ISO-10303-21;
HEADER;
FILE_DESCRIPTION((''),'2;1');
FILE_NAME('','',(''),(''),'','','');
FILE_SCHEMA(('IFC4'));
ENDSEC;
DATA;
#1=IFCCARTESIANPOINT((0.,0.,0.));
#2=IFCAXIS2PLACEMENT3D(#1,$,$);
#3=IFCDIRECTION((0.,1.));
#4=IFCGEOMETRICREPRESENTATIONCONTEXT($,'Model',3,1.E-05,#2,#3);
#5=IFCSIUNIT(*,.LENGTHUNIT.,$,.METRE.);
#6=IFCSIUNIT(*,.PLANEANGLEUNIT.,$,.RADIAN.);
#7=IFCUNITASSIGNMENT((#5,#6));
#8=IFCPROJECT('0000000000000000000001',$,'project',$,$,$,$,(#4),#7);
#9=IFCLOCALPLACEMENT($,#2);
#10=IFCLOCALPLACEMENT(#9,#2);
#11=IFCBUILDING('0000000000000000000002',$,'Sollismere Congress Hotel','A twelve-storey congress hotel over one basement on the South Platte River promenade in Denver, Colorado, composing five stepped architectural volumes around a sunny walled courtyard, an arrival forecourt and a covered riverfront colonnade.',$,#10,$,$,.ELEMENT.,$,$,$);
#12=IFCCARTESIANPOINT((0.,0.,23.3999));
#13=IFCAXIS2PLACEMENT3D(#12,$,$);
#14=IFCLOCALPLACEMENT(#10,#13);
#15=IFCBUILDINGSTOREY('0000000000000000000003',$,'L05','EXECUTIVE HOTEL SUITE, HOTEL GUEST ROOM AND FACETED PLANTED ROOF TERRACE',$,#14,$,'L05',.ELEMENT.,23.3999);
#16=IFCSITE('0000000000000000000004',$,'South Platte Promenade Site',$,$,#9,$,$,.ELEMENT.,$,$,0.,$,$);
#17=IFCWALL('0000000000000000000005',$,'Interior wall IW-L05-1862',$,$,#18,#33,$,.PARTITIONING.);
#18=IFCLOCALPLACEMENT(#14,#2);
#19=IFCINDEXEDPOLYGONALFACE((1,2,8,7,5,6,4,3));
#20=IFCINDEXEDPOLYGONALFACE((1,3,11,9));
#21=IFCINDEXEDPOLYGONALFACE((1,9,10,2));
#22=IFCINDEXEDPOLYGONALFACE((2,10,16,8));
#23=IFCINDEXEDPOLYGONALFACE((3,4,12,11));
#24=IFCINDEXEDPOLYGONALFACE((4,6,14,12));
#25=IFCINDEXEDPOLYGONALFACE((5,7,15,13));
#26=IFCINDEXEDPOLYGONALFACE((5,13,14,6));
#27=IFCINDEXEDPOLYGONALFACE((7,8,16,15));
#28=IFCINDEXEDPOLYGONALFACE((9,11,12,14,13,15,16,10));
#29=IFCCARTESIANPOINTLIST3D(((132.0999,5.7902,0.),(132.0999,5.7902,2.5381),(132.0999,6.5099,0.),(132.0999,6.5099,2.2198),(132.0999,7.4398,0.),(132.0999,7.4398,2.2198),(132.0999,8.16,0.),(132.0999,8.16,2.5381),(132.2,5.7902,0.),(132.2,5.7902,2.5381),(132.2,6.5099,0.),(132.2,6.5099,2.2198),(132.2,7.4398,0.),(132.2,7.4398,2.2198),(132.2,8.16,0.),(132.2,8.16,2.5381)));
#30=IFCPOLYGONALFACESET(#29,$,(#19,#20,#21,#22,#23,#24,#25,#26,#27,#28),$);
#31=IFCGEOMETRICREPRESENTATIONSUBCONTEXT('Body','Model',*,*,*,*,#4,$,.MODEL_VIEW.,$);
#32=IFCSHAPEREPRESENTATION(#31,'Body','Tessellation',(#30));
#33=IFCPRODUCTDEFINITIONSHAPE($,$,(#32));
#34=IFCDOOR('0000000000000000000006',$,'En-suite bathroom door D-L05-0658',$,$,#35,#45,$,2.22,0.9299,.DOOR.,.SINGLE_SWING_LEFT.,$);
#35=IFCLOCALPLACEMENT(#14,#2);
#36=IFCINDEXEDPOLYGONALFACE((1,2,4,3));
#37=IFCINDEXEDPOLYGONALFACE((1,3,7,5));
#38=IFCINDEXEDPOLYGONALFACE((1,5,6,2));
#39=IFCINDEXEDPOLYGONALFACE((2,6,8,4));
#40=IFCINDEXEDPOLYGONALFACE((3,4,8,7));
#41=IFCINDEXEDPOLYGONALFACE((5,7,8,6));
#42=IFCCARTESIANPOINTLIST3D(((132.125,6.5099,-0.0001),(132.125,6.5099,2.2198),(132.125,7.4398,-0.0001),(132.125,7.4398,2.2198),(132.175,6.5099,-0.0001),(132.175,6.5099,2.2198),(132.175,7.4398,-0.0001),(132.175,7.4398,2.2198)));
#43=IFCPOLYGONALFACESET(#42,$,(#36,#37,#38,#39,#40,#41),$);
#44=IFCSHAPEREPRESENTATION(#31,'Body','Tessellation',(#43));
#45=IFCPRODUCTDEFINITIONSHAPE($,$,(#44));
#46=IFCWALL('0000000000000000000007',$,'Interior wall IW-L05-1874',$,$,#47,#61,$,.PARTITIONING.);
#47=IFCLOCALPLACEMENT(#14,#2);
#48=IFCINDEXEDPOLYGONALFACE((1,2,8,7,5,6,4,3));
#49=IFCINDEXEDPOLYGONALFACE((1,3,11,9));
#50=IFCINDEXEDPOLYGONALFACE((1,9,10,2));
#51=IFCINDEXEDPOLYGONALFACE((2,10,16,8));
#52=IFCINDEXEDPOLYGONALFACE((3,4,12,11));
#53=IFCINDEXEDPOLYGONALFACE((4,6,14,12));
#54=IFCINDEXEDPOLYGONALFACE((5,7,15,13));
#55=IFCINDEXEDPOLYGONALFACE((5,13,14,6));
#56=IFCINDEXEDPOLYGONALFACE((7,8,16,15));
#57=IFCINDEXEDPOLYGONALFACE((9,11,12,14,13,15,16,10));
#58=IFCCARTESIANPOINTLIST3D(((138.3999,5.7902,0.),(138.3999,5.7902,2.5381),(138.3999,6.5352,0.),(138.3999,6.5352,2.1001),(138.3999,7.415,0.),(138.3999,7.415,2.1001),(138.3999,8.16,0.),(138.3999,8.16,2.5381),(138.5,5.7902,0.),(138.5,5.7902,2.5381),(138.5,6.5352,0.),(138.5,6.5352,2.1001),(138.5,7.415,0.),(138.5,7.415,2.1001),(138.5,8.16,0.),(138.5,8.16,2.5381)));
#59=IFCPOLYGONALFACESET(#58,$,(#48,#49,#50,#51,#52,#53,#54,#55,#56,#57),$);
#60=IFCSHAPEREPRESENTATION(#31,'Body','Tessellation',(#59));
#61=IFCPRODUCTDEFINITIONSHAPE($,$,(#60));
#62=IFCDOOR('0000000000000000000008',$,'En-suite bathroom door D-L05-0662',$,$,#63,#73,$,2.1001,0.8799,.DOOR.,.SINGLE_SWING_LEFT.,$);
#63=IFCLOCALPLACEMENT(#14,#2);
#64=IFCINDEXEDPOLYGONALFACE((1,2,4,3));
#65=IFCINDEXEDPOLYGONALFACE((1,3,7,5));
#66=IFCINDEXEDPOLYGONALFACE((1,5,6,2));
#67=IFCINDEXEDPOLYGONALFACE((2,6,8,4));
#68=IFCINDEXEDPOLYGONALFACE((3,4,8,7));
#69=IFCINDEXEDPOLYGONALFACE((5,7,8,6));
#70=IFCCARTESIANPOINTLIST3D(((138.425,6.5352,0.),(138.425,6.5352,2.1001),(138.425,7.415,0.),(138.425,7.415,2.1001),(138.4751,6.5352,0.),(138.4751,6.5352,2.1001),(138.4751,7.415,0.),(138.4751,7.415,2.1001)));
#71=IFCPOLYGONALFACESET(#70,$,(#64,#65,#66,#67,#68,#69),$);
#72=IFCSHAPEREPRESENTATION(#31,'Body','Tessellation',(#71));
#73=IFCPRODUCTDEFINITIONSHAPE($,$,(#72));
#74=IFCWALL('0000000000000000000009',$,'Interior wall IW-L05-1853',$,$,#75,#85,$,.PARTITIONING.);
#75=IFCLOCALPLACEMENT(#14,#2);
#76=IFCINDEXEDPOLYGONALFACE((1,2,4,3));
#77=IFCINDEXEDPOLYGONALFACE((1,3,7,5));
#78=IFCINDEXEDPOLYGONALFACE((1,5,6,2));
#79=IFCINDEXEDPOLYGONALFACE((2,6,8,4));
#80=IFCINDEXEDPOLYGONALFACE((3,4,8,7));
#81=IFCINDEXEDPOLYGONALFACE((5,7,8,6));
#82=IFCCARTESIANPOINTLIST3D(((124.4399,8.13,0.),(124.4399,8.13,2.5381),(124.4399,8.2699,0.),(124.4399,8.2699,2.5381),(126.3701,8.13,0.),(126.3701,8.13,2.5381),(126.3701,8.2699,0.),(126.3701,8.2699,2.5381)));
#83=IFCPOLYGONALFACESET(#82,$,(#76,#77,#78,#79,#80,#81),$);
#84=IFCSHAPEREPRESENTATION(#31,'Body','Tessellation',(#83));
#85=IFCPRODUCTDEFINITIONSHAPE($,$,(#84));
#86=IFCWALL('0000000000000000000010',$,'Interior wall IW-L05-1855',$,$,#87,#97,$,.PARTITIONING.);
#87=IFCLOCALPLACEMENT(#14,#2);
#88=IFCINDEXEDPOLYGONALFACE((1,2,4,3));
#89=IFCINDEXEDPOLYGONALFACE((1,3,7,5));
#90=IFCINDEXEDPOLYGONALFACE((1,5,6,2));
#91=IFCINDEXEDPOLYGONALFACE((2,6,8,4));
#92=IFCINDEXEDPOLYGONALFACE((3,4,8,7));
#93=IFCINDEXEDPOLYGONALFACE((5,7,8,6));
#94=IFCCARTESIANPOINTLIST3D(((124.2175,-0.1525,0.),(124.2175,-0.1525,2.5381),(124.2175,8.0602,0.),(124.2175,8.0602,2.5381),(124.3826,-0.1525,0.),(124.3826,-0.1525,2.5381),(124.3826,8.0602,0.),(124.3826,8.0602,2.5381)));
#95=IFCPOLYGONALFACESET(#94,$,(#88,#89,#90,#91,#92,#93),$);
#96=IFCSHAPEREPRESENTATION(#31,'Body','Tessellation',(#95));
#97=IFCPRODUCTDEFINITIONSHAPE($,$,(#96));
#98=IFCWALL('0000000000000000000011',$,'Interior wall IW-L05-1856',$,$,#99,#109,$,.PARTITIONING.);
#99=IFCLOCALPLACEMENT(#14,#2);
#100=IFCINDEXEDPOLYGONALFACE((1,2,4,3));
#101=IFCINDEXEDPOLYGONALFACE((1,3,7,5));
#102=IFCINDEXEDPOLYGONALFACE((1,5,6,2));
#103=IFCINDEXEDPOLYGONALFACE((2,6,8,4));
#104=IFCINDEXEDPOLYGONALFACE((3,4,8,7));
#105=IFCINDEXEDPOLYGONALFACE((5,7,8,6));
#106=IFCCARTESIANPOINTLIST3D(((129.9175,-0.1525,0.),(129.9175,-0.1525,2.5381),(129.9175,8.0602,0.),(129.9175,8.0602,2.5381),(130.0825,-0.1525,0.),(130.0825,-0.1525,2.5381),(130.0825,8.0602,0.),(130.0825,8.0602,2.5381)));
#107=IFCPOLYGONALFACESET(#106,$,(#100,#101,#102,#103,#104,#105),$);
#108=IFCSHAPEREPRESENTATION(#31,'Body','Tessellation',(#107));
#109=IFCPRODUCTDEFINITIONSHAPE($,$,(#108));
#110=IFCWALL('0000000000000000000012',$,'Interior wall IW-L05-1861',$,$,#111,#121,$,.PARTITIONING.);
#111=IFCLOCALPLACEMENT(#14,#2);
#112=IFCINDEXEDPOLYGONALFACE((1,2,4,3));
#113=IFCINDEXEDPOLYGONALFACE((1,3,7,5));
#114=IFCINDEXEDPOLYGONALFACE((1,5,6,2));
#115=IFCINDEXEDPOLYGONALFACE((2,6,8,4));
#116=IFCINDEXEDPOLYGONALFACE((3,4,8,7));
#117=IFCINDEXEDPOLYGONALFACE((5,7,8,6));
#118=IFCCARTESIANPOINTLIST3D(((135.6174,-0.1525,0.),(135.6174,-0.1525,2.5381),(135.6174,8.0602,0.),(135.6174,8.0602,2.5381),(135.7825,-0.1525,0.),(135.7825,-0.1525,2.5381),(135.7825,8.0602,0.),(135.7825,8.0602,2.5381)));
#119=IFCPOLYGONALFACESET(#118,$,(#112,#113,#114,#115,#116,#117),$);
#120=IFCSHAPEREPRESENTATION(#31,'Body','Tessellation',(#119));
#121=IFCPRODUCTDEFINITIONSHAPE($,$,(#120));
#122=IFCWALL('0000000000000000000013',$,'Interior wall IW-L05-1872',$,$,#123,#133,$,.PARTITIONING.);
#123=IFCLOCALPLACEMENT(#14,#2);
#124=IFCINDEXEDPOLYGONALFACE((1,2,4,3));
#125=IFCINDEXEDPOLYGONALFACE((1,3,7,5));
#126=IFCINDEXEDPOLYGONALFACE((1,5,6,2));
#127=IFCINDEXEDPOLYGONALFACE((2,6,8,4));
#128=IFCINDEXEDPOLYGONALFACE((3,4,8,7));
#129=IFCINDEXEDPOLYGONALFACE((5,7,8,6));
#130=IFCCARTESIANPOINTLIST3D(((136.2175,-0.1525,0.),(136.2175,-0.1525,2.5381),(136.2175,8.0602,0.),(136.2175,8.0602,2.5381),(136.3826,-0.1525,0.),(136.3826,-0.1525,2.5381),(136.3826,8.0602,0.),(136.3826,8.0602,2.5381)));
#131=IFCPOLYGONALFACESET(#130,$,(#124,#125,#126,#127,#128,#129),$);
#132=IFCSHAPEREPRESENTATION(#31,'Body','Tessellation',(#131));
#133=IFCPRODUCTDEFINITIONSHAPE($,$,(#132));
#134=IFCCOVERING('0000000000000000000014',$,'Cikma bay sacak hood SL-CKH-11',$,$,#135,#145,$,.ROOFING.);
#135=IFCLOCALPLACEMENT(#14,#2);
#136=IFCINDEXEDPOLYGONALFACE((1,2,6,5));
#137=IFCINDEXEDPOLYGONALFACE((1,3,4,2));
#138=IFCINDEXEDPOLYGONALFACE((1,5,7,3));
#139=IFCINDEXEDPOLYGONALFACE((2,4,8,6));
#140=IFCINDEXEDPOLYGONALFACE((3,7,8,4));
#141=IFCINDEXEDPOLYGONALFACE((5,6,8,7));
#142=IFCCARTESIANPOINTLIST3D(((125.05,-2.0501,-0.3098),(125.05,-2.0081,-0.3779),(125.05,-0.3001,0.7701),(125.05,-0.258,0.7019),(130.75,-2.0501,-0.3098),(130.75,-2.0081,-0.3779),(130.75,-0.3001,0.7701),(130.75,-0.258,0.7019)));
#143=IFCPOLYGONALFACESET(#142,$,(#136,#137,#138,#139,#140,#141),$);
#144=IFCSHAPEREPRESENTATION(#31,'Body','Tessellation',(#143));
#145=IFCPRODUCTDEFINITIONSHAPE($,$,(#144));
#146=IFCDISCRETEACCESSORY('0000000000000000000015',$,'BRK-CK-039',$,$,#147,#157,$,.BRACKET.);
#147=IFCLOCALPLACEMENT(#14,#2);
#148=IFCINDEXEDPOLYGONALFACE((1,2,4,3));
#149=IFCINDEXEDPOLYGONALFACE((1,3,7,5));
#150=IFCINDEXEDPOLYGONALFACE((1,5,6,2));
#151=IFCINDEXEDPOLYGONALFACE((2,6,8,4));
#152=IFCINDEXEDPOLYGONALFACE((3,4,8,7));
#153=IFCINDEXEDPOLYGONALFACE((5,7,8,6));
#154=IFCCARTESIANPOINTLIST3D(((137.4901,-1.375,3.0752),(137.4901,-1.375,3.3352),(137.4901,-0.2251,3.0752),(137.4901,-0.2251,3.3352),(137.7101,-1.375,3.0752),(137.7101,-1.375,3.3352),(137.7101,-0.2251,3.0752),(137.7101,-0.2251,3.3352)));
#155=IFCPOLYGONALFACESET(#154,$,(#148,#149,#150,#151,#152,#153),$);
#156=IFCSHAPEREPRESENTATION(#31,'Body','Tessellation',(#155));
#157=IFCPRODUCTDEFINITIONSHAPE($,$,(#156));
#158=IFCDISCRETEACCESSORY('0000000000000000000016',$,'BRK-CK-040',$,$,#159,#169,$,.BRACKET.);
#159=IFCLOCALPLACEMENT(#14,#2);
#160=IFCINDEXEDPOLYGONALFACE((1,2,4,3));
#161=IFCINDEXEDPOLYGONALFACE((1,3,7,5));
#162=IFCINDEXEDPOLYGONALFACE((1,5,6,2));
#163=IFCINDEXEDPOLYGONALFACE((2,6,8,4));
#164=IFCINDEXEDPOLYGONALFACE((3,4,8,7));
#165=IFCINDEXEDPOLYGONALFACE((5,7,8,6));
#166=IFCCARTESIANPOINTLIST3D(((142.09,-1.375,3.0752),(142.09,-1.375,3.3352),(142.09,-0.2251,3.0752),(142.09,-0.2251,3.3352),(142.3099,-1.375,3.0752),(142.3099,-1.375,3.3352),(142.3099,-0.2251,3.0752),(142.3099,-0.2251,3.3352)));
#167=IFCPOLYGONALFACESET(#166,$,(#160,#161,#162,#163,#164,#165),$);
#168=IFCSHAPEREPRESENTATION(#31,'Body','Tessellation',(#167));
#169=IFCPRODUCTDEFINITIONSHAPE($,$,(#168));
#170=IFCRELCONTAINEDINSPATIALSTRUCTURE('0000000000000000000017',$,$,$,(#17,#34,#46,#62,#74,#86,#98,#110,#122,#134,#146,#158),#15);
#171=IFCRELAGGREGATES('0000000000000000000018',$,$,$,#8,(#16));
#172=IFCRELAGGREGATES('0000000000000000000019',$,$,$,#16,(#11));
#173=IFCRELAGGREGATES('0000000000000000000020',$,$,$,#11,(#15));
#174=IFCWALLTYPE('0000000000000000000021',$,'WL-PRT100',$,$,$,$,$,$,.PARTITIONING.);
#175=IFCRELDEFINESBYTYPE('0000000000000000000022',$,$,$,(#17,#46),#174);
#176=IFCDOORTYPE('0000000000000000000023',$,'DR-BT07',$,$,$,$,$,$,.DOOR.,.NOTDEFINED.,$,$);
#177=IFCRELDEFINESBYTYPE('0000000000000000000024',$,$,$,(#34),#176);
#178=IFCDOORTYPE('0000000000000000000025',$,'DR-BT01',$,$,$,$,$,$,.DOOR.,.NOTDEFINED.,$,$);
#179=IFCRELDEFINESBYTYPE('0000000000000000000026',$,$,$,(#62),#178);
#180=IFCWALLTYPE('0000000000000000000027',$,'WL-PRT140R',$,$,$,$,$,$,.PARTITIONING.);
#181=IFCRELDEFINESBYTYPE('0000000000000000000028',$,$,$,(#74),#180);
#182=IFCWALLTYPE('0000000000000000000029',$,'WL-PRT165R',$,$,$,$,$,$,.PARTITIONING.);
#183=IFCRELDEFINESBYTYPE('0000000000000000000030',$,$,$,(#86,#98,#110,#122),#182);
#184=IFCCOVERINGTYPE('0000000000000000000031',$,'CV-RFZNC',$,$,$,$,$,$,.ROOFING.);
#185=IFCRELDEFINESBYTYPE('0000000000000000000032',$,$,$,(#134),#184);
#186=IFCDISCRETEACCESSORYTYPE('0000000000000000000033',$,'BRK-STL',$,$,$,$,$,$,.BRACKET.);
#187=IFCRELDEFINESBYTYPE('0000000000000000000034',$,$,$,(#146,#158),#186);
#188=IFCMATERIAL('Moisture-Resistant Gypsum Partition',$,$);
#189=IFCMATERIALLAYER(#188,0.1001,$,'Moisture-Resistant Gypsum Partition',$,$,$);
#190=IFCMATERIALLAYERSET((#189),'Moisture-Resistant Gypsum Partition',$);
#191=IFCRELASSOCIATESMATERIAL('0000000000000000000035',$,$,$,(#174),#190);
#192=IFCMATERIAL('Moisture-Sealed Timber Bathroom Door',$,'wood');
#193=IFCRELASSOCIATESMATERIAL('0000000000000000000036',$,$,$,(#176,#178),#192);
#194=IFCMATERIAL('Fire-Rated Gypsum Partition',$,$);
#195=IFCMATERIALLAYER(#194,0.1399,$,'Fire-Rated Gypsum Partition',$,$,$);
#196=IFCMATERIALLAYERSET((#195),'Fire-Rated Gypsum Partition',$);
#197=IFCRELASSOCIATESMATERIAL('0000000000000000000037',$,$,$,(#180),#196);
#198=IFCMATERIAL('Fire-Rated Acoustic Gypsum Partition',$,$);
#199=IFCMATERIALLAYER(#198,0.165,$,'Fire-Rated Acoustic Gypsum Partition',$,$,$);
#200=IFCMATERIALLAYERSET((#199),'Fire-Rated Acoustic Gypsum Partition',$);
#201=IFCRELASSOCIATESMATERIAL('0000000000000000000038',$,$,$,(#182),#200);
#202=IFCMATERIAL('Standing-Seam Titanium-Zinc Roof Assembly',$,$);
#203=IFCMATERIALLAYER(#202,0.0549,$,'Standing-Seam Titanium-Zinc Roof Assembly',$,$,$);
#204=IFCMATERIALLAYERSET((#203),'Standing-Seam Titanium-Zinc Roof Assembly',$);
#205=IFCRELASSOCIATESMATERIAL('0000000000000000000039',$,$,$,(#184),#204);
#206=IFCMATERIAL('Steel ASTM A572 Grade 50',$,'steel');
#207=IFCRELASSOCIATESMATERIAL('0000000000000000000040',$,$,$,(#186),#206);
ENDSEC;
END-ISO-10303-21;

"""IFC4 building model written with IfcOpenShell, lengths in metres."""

from ifc_helpers import new_model, si_unit, direction, frame, frame_2d, origin, origin_2d, place, context, subcontext, project, spatial, polyline, rectangle, outline, extrude, material, layer, layer_set, type_object, element, fill, save


model = new_model("IFC4")

# Units and contexts
model_context = context("Model", 3, precision=1e-05, world=origin(), true_north=direction((0.0, 1.0)))
body_context = subcontext(model_context, "Body", "Model", "MODEL_VIEW")
ifc_project = project(units=[si_unit("LENGTHUNIT", "METRE"), si_unit("PLANEANGLEUNIT", "RADIAN")], contexts=[model_context])

# Site, building, storey
site_placement = place(None, origin())
site = spatial("IfcSite", under=ifc_project, at=site_placement, Name="South Platte Promenade Site", CompositionType="ELEMENT", RefElevation=0.0)
building_placement = place(site_placement, origin())
building = spatial("IfcBuilding", under=site, at=building_placement, Name="Sollismere Congress Hotel", Description="A twelve-storey congress hotel over one basement on the South Platte River promenade in Denver, Colorado, composing five stepped architectural volumes around a sunny walled courtyard, an arrival forecourt and a covered riverfront colonnade.", CompositionType="ELEMENT")
storey_placement = place(building_placement, frame((0.0, 0.0, 23.3999)))
storey = spatial("IfcBuildingStorey", under=building, at=storey_placement, Name="L05", Description="EXECUTIVE HOTEL SUITE, HOTEL GUEST ROOM AND FACETED PLANTED ROOF TERRACE", LongName="L05", CompositionType="ELEMENT", Elevation=23.3999)

# Walls, openings, doors
ifc_material_1 = material(Name="Moisture-Resistant Gypsum Partition")
ifc_layer_1 = layer(ifc_material_1, 0.1001, Name="Moisture-Resistant Gypsum Partition")
ifc_layer_set_1 = layer_set([ifc_layer_1], Name="Moisture-Resistant Gypsum Partition")
wall_type_1 = type_object("IfcWallType", Name="WL-PRT100", PredefinedType="PARTITIONING", material=ifc_layer_set_1)
ifc_material_2 = material(Name="Moisture-Sealed Timber Bathroom Door", Category="wood")
wall_1_placement = place(storey_placement, frame((132.1499, 5.79, 0.0), z_axis=(0.0, 0.0, 1.0), x_axis=(0.0, 1.0, 0.0)))
wall_1 = element("IfcWall", 1, at=wall_1_placement, inside=storey, type_object=wall_type_1, Name="Interior wall IW-L05-1862", PredefinedType="PARTITIONING", context=body_context, shape_type="SweptSolid", body=[
    extrude(rectangle(XDim=2.3699, YDim=0.1001, at=frame_2d((1.1851, 0.0))), origin(), (0.0, 0.0, 1.0), 2.5381),
])
opening_1_placement = place(wall_1_placement, frame((0.72, 0.0, 0.0)))
opening_1 = element("IfcOpeningElement", 2, at=opening_1_placement, cuts=wall_1, PredefinedType="OPENING", context=body_context, shape_type="SweptSolid", body=[
    extrude(rectangle(XDim=0.9299, YDim=2.22, at=frame_2d((0.4648, 1.1099))), frame((0.0, 0.0601, 0.0), z_axis=(0.0, -1.0, 0.0), x_axis=(1.0, 0.0, 0.0)), (0.0, 0.0, 1.0), 0.1201),
])
door_type_1 = type_object("IfcDoorType", Name="DR-BT07", OperationType="NOTDEFINED", PredefinedType="DOOR", material=ifc_material_2)
door_1_placement = place(opening_1_placement, origin())
door_1 = element("IfcDoor", 3, at=door_1_placement, inside=storey, type_object=door_type_1, Name="En-suite bathroom door D-L05-0658", OperationType="SINGLE_SWING_LEFT", OverallHeight=2.22, OverallWidth=0.9299, PredefinedType="DOOR", context=body_context, shape_type="SweptSolid", body=[
    extrude(rectangle(XDim=0.9299, YDim=2.22, at=frame_2d((0.4648, 1.1099))), frame((0.0, 0.0249, 0.0), z_axis=(0.0, -1.0, 0.0), x_axis=(1.0, 0.0, 0.0)), (0.0, 0.0, 1.0), 0.05),
])
fill(opening_1, door_1)
wall_2_placement = place(storey_placement, frame((138.45, 5.79, 0.0), z_axis=(0.0, 0.0, 1.0), x_axis=(0.0, 1.0, 0.0)))
wall_2 = element("IfcWall", 4, at=wall_2_placement, inside=storey, type_object=wall_type_1, Name="Interior wall IW-L05-1874", PredefinedType="PARTITIONING", context=body_context, shape_type="SweptSolid", body=[
    extrude(rectangle(XDim=2.3699, YDim=0.1001, at=frame_2d((1.1851, 0.0))), origin(), (0.0, 0.0, 1.0), 2.5381),
])
opening_2_placement = place(wall_2_placement, frame((0.7451, 0.0, 0.0)))
opening_2 = element("IfcOpeningElement", 5, at=opening_2_placement, cuts=wall_2, PredefinedType="OPENING", context=body_context, shape_type="SweptSolid", body=[
    extrude(rectangle(XDim=0.8799, YDim=2.1001, at=frame_2d((0.4399, 1.05))), frame((0.0, 0.0601, 0.0), z_axis=(0.0, -1.0, 0.0), x_axis=(1.0, 0.0, 0.0)), (0.0, 0.0, 1.0), 0.1201),
])
door_type_2 = type_object("IfcDoorType", Name="DR-BT01", OperationType="NOTDEFINED", PredefinedType="DOOR", material=ifc_material_2)
door_2_placement = place(opening_2_placement, origin())
door_2 = element("IfcDoor", 6, at=door_2_placement, inside=storey, type_object=door_type_2, Name="En-suite bathroom door D-L05-0662", OperationType="SINGLE_SWING_LEFT", OverallHeight=2.1001, OverallWidth=0.8799, PredefinedType="DOOR", context=body_context, shape_type="SweptSolid", body=[
    extrude(rectangle(XDim=0.8799, YDim=2.1001, at=frame_2d((0.4399, 1.05))), frame((0.0, 0.0249, 0.0), z_axis=(0.0, -1.0, 0.0), x_axis=(1.0, 0.0, 0.0)), (0.0, 0.0, 1.0), 0.05),
])
fill(opening_2, door_2)

# Walls
ifc_material_3 = material(Name="Fire-Rated Gypsum Partition")
ifc_layer_2 = layer(ifc_material_3, 0.1399, Name="Fire-Rated Gypsum Partition")
ifc_layer_set_2 = layer_set([ifc_layer_2], Name="Fire-Rated Gypsum Partition")
wall_type_2 = type_object("IfcWallType", Name="WL-PRT140R", PredefinedType="PARTITIONING", material=ifc_layer_set_2)
wall_3_placement = place(storey_placement, frame((124.4399, 8.2, 0.0), z_axis=(0.0, 0.0, 1.0), x_axis=(1.0, 0.0, 0.0)))
element("IfcWall", 7, at=wall_3_placement, inside=storey, type_object=wall_type_2, Name="Interior wall IW-L05-1853", PredefinedType="PARTITIONING", context=body_context, shape_type="SweptSolid", body=[
    extrude(rectangle(XDim=1.9302, YDim=0.1399, at=frame_2d((0.9651, 0.0))), origin(), (0.0, 0.0, 1.0), 2.5381),
])
ifc_material_4 = material(Name="Fire-Rated Acoustic Gypsum Partition")
ifc_layer_3 = layer(ifc_material_4, 0.165, Name="Fire-Rated Acoustic Gypsum Partition")
ifc_layer_set_3 = layer_set([ifc_layer_3], Name="Fire-Rated Acoustic Gypsum Partition")
wall_type_3 = type_object("IfcWallType", Name="WL-PRT165R", PredefinedType="PARTITIONING", material=ifc_layer_set_3)
for number, where, z_axis, x_axis, name in (
    (8, (124.3, -0.1526, 0.0), (0.0, 0.0, 1.0), (0.0, 1.0, 0.0), "Interior wall IW-L05-1855"),
    (9, (130.0, -0.1526, 0.0), (0.0, 0.0, 1.0), (0.0, 1.0, 0.0), "Interior wall IW-L05-1856"),
    (10, (135.7, -0.1526, 0.0), (0.0, 0.0, 1.0), (0.0, 1.0, 0.0), "Interior wall IW-L05-1861"),
    (11, (136.3, -0.1526, 0.0), (0.0, 0.0, 1.0), (0.0, 1.0, 0.0), "Interior wall IW-L05-1872"),
):
    element("IfcWall", number, at=place(storey_placement, frame(where, z_axis=z_axis, x_axis=x_axis)), inside=storey, type_object=wall_type_3, Name=name, PredefinedType="PARTITIONING", context=body_context, shape_type="SweptSolid", body=[
        extrude(rectangle(XDim=8.2126, YDim=0.165, at=frame_2d((4.1064, 0.0))), origin(), (0.0, 0.0, 1.0), 2.5381),
    ])

# Covering
ifc_material_5 = material(Name="Standing-Seam Titanium-Zinc Roof Assembly")
ifc_layer_4 = layer(ifc_material_5, 0.0549, Name="Standing-Seam Titanium-Zinc Roof Assembly")
ifc_layer_set_4 = layer_set([ifc_layer_4], Name="Standing-Seam Titanium-Zinc Roof Assembly")
covering_type = type_object("IfcCoveringType", Name="CV-RFZNC", PredefinedType="ROOFING", material=ifc_layer_set_4)
covering_placement = place(storey_placement, frame((125.05, -2.0081, -0.3779), z_axis=(0.0, -0.525124, 0.851026), x_axis=(1.0, 0.0, 0.0)))
element("IfcCovering", 12, at=covering_placement, inside=storey, type_object=covering_type, Name="Cikma bay sacak hood SL-CKH-11", PredefinedType="ROOFING", context=body_context, shape_type="SweptSolid", body=[
    extrude(outline(polyline([(0.0, 0.0), (5.7, 0.0), (5.7, 2.0564), (0.0, 2.0564), (0.0, 0.0)])), origin(), (0.0, 0.0, 1.0), 0.0801),
])

# Discrete accessories
ifc_material_6 = material(Name="Steel ASTM A572 Grade 50", Category="steel")
discrete_accessory_type = type_object("IfcDiscreteAccessoryType", Name="BRK-STL", PredefinedType="BRACKET", material=ifc_material_6)
for number, where, z_axis, x_axis, name in (
    (13, (137.6001, -0.8, 3.0752), (0.0, 0.0, 1.0), (1.0, 0.0, 0.0), "BRK-CK-039"),
    (14, (142.2, -0.8, 3.0752), (0.0, 0.0, 1.0), (1.0, 0.0, 0.0), "BRK-CK-040"),
):
    element("IfcDiscreteAccessory", number, at=place(storey_placement, frame(where, z_axis=z_axis, x_axis=x_axis)), inside=storey, type_object=discrete_accessory_type, Name=name, PredefinedType="BRACKET", context=body_context, shape_type="SweptSolid", body=[
        extrude(rectangle(XDim=0.22, YDim=1.1499, at=origin_2d()), origin(), (0.0, 0.0, 1.0), 0.26),
    ])

save(model, "model.ifc")
